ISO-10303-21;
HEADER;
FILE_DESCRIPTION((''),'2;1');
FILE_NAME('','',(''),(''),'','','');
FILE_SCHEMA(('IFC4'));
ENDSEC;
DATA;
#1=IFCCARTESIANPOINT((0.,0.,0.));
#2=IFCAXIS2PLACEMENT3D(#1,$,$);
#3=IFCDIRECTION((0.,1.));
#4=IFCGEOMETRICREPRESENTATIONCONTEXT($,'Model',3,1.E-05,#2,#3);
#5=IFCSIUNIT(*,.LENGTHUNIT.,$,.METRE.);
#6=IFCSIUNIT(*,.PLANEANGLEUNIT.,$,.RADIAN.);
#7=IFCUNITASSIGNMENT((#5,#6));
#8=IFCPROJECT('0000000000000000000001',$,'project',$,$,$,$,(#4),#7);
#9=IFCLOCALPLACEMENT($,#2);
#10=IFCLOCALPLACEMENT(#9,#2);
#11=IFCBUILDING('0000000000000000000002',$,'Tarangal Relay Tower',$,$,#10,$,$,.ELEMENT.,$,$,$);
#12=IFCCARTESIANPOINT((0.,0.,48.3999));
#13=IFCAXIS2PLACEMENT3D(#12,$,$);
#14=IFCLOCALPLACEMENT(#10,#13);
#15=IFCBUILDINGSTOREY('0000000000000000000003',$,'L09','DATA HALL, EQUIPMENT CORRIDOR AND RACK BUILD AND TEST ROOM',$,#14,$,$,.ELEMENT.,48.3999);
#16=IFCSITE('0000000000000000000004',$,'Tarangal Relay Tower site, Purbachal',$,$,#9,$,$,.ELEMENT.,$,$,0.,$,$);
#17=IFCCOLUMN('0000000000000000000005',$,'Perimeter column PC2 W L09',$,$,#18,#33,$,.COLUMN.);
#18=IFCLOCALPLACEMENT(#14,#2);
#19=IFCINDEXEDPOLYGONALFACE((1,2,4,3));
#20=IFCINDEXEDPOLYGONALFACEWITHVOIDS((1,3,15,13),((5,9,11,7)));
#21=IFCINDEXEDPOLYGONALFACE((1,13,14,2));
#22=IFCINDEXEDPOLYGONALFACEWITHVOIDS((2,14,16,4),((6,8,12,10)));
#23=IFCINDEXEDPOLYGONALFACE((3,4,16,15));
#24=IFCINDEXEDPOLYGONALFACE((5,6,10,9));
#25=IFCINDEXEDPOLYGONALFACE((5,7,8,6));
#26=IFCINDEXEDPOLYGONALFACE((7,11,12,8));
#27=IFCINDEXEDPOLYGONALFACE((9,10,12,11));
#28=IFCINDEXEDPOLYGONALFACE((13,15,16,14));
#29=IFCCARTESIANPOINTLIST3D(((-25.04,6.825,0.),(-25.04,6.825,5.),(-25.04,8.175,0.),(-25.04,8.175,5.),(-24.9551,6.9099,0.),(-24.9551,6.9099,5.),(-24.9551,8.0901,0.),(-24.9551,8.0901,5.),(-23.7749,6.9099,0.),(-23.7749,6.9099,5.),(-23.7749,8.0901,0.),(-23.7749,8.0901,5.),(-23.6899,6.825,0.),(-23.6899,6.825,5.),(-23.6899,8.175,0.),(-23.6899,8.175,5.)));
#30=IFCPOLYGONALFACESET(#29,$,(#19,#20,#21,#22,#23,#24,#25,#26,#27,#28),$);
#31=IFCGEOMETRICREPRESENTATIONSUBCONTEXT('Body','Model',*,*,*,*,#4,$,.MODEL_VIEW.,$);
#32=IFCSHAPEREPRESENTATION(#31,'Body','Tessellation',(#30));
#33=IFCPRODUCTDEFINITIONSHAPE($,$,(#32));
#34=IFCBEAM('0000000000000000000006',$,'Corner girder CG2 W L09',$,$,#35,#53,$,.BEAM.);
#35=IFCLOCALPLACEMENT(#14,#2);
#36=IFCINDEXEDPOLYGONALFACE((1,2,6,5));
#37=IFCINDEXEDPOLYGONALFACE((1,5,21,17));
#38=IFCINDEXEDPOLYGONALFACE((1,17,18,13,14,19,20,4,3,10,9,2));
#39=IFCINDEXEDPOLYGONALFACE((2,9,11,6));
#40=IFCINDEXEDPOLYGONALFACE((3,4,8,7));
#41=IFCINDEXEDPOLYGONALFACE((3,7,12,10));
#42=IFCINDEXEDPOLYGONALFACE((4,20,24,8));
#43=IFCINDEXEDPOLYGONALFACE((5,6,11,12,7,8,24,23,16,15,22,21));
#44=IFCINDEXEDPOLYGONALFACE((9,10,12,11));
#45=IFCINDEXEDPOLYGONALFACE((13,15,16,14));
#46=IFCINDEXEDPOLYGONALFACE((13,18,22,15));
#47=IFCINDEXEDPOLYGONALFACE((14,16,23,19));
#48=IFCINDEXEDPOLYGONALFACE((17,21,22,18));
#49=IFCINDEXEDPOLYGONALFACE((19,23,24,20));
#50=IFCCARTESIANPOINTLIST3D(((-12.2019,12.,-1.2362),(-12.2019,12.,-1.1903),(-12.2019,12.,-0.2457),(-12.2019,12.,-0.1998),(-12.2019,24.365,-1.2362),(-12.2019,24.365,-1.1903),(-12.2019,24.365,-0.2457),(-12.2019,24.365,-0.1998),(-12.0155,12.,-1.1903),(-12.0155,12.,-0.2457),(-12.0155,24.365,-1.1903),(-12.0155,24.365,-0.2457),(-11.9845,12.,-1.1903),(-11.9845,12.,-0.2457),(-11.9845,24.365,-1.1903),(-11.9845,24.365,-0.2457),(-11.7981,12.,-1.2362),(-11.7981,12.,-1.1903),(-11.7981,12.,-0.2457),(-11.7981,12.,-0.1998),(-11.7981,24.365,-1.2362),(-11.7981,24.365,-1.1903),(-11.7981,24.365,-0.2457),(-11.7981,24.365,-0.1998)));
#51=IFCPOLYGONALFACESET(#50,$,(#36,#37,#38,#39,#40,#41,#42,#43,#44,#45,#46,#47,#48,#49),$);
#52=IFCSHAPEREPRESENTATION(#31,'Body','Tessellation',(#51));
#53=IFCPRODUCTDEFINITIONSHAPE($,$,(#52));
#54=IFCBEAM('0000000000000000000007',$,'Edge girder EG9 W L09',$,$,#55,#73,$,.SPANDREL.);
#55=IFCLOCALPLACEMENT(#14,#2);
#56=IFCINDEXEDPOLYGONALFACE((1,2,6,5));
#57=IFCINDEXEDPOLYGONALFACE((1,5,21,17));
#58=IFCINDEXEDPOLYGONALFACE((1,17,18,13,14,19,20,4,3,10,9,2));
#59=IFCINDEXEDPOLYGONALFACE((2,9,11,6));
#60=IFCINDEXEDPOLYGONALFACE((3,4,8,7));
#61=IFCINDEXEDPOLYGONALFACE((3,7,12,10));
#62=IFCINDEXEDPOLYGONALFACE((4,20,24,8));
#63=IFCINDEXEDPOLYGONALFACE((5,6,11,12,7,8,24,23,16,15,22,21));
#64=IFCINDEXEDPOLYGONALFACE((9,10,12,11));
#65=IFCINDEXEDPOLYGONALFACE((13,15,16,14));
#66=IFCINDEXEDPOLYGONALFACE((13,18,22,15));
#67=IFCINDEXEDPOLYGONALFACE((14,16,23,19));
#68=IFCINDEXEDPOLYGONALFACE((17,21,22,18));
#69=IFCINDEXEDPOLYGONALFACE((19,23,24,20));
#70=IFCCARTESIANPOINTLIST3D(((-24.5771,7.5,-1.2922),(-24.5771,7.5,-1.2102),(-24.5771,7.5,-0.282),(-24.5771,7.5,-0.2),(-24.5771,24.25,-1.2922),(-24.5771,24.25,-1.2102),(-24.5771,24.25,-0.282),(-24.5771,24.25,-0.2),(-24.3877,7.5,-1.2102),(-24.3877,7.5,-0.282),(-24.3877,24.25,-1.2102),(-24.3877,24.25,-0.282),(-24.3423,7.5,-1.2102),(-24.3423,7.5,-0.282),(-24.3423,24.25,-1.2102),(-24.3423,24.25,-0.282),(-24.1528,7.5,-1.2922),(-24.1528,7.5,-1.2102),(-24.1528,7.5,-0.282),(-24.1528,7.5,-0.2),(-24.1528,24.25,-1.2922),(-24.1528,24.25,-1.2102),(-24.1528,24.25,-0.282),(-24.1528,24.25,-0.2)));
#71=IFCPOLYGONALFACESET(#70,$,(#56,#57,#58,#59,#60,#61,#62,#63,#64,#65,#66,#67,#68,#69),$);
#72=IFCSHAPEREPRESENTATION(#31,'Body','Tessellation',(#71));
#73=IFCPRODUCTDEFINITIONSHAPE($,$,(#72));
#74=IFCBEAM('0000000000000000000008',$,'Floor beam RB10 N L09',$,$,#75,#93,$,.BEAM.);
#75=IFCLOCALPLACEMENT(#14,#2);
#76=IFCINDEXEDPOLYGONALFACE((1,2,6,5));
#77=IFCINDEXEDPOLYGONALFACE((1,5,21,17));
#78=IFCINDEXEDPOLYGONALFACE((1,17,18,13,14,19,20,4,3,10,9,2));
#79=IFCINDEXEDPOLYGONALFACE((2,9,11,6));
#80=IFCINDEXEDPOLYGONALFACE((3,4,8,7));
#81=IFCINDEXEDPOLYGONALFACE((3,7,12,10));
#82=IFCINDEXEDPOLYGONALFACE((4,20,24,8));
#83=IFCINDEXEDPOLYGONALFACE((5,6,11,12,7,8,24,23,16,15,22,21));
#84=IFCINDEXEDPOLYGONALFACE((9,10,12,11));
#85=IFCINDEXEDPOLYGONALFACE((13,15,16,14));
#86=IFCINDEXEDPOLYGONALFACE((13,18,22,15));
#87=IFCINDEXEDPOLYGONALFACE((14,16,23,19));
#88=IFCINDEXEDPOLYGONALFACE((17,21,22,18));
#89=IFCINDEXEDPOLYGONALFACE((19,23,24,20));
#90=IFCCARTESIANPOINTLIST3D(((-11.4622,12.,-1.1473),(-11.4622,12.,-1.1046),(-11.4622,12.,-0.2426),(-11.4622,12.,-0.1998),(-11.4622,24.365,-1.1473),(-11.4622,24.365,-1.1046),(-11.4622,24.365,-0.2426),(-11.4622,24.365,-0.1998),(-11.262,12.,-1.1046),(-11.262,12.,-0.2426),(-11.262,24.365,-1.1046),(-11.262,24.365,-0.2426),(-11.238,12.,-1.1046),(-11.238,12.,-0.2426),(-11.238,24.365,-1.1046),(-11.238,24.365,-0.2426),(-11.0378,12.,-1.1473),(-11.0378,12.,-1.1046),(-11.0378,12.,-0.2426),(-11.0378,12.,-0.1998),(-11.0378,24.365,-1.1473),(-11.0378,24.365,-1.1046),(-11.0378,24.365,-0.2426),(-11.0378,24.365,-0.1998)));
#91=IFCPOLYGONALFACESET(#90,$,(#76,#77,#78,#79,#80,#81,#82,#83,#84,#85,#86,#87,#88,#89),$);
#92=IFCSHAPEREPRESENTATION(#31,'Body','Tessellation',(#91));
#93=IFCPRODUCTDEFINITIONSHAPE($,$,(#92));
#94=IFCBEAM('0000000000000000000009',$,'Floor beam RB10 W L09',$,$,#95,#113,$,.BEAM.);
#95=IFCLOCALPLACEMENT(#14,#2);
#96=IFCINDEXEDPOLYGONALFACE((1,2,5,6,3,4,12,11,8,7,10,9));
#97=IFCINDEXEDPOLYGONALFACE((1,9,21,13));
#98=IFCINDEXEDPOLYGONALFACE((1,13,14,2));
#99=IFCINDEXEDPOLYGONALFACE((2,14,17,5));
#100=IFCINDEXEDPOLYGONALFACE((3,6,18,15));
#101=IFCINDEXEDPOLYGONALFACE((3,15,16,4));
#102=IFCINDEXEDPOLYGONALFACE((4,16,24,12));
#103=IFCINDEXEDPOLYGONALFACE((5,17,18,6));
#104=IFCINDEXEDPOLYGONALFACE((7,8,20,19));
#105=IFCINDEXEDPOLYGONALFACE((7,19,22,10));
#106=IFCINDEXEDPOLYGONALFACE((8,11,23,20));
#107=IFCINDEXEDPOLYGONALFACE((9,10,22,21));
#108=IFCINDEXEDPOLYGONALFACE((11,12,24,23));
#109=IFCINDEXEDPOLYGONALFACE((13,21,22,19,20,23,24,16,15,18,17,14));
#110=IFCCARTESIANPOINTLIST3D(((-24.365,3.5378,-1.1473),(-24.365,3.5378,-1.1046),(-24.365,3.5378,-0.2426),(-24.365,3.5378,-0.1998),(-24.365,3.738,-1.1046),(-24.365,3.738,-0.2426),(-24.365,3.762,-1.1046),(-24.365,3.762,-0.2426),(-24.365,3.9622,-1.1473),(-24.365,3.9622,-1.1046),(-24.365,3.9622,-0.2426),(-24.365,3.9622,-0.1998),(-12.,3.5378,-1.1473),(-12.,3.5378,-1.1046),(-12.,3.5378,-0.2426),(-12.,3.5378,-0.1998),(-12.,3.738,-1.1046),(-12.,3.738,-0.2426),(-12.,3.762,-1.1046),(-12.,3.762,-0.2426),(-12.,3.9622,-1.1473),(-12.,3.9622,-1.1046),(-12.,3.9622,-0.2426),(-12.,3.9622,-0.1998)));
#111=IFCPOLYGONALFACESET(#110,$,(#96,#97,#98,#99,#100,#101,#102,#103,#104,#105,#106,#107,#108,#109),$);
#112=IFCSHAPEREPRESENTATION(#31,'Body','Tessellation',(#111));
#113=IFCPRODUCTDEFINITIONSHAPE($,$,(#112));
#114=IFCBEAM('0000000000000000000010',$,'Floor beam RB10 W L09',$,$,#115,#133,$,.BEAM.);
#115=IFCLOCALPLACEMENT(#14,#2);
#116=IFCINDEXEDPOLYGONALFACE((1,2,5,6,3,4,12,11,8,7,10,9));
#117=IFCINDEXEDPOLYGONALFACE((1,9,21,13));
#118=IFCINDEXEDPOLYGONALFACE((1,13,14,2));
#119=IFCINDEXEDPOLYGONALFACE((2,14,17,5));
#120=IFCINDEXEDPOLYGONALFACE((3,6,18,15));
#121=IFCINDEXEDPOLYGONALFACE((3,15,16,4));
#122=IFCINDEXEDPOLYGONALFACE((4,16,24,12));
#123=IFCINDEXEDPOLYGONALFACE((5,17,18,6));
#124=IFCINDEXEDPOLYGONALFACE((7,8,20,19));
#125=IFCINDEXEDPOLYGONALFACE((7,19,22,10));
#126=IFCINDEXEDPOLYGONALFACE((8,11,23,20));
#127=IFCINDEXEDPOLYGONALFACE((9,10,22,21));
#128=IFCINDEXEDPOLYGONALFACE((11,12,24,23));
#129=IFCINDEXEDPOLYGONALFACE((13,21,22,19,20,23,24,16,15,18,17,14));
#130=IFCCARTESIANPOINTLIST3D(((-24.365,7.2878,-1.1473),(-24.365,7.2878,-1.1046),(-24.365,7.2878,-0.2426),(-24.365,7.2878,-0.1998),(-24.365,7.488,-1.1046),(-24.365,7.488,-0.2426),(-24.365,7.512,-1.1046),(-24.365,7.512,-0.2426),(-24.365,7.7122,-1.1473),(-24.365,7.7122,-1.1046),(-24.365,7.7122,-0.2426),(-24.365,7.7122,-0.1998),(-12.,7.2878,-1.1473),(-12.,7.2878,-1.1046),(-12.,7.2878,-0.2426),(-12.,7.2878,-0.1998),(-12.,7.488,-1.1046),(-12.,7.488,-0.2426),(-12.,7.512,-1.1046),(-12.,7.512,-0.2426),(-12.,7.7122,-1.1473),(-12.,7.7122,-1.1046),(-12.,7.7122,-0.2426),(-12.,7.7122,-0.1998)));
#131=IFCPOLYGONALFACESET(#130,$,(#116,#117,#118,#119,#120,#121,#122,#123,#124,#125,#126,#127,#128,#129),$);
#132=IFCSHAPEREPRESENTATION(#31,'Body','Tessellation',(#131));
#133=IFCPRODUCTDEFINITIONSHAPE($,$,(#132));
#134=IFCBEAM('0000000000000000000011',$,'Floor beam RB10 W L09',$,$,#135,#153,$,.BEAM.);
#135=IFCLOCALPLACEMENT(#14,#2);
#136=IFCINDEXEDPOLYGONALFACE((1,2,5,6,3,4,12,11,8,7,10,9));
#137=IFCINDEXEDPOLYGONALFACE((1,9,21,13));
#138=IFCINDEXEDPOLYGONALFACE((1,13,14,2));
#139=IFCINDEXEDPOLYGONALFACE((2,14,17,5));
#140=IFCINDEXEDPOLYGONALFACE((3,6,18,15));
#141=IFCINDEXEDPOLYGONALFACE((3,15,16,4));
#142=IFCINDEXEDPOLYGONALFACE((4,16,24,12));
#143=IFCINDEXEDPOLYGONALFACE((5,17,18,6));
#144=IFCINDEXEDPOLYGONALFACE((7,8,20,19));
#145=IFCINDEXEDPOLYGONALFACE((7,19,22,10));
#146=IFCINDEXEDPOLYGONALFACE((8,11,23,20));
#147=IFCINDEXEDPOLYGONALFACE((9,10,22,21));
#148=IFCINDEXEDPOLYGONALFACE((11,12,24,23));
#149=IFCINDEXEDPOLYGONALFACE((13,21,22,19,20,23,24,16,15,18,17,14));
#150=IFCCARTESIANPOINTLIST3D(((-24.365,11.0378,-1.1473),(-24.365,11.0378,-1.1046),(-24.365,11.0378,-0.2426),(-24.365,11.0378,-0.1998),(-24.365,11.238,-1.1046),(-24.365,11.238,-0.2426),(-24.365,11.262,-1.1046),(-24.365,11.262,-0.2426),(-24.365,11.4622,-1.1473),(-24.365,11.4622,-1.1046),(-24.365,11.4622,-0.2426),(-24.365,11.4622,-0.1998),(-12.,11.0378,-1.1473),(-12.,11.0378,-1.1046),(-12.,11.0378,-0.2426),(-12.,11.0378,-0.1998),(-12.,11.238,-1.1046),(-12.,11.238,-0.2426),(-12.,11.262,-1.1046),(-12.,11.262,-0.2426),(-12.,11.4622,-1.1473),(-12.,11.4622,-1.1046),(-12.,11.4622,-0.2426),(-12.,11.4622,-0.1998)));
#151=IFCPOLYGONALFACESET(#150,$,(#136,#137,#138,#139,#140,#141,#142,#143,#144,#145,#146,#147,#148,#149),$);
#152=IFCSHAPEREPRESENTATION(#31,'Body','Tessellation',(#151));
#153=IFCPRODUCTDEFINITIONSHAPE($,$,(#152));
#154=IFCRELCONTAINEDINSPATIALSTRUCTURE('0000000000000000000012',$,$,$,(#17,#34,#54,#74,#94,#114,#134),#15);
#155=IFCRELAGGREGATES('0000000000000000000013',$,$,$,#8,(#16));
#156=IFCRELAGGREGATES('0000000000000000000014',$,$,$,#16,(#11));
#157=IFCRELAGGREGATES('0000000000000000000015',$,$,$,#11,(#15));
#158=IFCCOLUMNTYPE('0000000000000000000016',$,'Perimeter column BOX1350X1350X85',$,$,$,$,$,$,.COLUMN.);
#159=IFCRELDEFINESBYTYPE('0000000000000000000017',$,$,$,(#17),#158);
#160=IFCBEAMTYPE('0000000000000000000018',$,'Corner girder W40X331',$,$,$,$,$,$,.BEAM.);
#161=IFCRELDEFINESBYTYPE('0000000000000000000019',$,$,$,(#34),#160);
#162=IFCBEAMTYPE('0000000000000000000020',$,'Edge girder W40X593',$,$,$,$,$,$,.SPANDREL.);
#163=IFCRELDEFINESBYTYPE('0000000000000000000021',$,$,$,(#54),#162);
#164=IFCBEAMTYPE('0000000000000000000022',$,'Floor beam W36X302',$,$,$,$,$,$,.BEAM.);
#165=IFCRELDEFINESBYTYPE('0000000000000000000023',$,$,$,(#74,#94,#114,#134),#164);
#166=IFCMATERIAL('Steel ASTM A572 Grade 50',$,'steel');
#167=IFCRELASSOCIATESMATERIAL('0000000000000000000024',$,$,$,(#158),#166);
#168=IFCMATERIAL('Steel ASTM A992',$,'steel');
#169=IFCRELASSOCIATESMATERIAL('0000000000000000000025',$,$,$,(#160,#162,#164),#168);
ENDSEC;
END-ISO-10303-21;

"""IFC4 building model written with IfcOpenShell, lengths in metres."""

from ifc_helpers import new_model, si_unit, direction, frame, origin, origin_2d, place, context, subcontext, project, spatial, hollow_rectangle, i_section, extrude, material, material_profile, profile_set, type_object, element, save


model = new_model("IFC4")

# Units and contexts
model_context = context("Model", 3, precision=1e-05, world=origin(), true_north=direction((0.0, 1.0)))
body_context = subcontext(model_context, "Body", "Model", "MODEL_VIEW")
ifc_project = project(units=[si_unit("LENGTHUNIT", "METRE"), si_unit("PLANEANGLEUNIT", "RADIAN")], contexts=[model_context])

# Site, building, storey
site_placement = place(None, origin())
site = spatial("IfcSite", under=ifc_project, at=site_placement, Name="Tarangal Relay Tower site, Purbachal", CompositionType="ELEMENT", RefElevation=0.0)
building_placement = place(site_placement, origin())
building = spatial("IfcBuilding", under=site, at=building_placement, Name="Tarangal Relay Tower", CompositionType="ELEMENT")
storey_placement = place(building_placement, frame((0.0, 0.0, 48.3999)))
storey = spatial("IfcBuildingStorey", under=building, at=storey_placement, Name="L09", Description="DATA HALL, EQUIPMENT CORRIDOR AND RACK BUILD AND TEST ROOM", CompositionType="ELEMENT", Elevation=48.3999)

# Column
ifc_material_1 = material(Name="Steel ASTM A572 Grade 50", Category="steel")
ifc_material_profile_1 = material_profile(ifc_material_1, hollow_rectangle(XDim=1.3501, YDim=1.3501, WallThickness=0.085, at=origin_2d()), Name="BOX1350X1350X85")
ifc_profile_set_1 = profile_set([ifc_material_profile_1], Name="Steel ASTM A572 Grade 50")
column_type = type_object("IfcColumnType", Name="Perimeter column BOX1350X1350X85", PredefinedType="COLUMN", material=ifc_profile_set_1)
column_placement = place(storey_placement, frame((-24.365, 7.5, 0.0), z_axis=(0.0, 0.0, 1.0), x_axis=(1.0, 0.0, 0.0)))
element("IfcColumn", 1, at=column_placement, inside=storey, type_object=column_type, Name="Perimeter column PC2 W L09", PredefinedType="COLUMN", context=body_context, shape_type="SweptSolid", body=[
    extrude(hollow_rectangle(XDim=1.3501, YDim=1.3501, WallThickness=0.085, at=origin_2d()), origin(), (0.0, 0.0, 1.0), 5.0),
])

# Beams
ifc_material_2 = material(Name="Steel ASTM A992", Category="steel")
ifc_material_profile_2 = material_profile(ifc_material_2, i_section(OverallWidth=0.4038, OverallDepth=1.0364, WebThickness=0.031, FlangeThickness=0.0459, at=origin_2d()), Name="W40X331")
ifc_profile_set_2 = profile_set([ifc_material_profile_2], Name="Steel ASTM A992")
beam_type_1 = type_object("IfcBeamType", Name="Corner girder W40X331", PredefinedType="BEAM", material=ifc_profile_set_2)
beam_1_placement = place(storey_placement, frame((-12.0, 12.0, -0.718), z_axis=(0.0, 1.0, 0.0), x_axis=(-1.0, 0.0, 0.0)))
element("IfcBeam", 2, at=beam_1_placement, inside=storey, type_object=beam_type_1, Name="Corner girder CG2 W L09", PredefinedType="BEAM", context=body_context, shape_type="SweptSolid", body=[
    extrude(i_section(OverallWidth=0.4038, OverallDepth=1.0364, WebThickness=0.031, FlangeThickness=0.0459, at=origin_2d()), origin(), (0.0, 0.0, 1.0), 12.365),
])
ifc_material_profile_3 = material_profile(ifc_material_2, i_section(OverallWidth=0.4243, OverallDepth=1.0923, WebThickness=0.0454, FlangeThickness=0.082, at=origin_2d()), Name="W40X593")
ifc_profile_set_3 = profile_set([ifc_material_profile_3], Name="Steel ASTM A992")
beam_type_2 = type_object("IfcBeamType", Name="Edge girder W40X593", PredefinedType="SPANDREL", material=ifc_profile_set_3)
beam_2_placement = place(storey_placement, frame((-24.365, 7.5, -0.7461), z_axis=(0.0, 1.0, 0.0), x_axis=(-1.0, 0.0, 0.0)))
element("IfcBeam", 3, at=beam_2_placement, inside=storey, type_object=beam_type_2, Name="Edge girder EG9 W L09", PredefinedType="SPANDREL", context=body_context, shape_type="SweptSolid", body=[
    extrude(i_section(OverallWidth=0.4243, OverallDepth=1.0923, WebThickness=0.0454, FlangeThickness=0.082, at=origin_2d()), origin(), (0.0, 0.0, 1.0), 16.75),
])
ifc_material_profile_4 = material_profile(ifc_material_2, i_section(OverallWidth=0.4243, OverallDepth=0.9475, WebThickness=0.0239, FlangeThickness=0.0427, at=origin_2d()), Name="W36X302")
ifc_profile_set_4 = profile_set([ifc_material_profile_4], Name="Steel ASTM A992")
beam_type_3 = type_object("IfcBeamType", Name="Floor beam W36X302", PredefinedType="BEAM", material=ifc_profile_set_4)
for number, where, z_axis, x_axis, name in (
    (4, (-11.25, 12.0, -0.6736), (0.0, 1.0, 0.0), (-1.0, 0.0, 0.0), "Floor beam RB10 N L09"),
    (5, (-12.0, 3.75, -0.6736), (-1.0, 0.0, 0.0), (0.0, -1.0, 0.0), "Floor beam RB10 W L09"),
    (6, (-12.0, 7.5, -0.6736), (-1.0, 0.0, 0.0), (0.0, -1.0, 0.0), "Floor beam RB10 W L09"),
    (7, (-12.0, 11.25, -0.6736), (-1.0, 0.0, 0.0), (0.0, -1.0, 0.0), "Floor beam RB10 W L09"),
):
    element("IfcBeam", number, at=place(storey_placement, frame(where, z_axis=z_axis, x_axis=x_axis)), inside=storey, type_object=beam_type_3, Name=name, PredefinedType="BEAM", context=body_context, shape_type="SweptSolid", body=[
        extrude(i_section(OverallWidth=0.4243, OverallDepth=0.9475, WebThickness=0.0239, FlangeThickness=0.0427, at=origin_2d()), origin(), (0.0, 0.0, 1.0), 12.365),
    ])

save(model, "model.ifc")
